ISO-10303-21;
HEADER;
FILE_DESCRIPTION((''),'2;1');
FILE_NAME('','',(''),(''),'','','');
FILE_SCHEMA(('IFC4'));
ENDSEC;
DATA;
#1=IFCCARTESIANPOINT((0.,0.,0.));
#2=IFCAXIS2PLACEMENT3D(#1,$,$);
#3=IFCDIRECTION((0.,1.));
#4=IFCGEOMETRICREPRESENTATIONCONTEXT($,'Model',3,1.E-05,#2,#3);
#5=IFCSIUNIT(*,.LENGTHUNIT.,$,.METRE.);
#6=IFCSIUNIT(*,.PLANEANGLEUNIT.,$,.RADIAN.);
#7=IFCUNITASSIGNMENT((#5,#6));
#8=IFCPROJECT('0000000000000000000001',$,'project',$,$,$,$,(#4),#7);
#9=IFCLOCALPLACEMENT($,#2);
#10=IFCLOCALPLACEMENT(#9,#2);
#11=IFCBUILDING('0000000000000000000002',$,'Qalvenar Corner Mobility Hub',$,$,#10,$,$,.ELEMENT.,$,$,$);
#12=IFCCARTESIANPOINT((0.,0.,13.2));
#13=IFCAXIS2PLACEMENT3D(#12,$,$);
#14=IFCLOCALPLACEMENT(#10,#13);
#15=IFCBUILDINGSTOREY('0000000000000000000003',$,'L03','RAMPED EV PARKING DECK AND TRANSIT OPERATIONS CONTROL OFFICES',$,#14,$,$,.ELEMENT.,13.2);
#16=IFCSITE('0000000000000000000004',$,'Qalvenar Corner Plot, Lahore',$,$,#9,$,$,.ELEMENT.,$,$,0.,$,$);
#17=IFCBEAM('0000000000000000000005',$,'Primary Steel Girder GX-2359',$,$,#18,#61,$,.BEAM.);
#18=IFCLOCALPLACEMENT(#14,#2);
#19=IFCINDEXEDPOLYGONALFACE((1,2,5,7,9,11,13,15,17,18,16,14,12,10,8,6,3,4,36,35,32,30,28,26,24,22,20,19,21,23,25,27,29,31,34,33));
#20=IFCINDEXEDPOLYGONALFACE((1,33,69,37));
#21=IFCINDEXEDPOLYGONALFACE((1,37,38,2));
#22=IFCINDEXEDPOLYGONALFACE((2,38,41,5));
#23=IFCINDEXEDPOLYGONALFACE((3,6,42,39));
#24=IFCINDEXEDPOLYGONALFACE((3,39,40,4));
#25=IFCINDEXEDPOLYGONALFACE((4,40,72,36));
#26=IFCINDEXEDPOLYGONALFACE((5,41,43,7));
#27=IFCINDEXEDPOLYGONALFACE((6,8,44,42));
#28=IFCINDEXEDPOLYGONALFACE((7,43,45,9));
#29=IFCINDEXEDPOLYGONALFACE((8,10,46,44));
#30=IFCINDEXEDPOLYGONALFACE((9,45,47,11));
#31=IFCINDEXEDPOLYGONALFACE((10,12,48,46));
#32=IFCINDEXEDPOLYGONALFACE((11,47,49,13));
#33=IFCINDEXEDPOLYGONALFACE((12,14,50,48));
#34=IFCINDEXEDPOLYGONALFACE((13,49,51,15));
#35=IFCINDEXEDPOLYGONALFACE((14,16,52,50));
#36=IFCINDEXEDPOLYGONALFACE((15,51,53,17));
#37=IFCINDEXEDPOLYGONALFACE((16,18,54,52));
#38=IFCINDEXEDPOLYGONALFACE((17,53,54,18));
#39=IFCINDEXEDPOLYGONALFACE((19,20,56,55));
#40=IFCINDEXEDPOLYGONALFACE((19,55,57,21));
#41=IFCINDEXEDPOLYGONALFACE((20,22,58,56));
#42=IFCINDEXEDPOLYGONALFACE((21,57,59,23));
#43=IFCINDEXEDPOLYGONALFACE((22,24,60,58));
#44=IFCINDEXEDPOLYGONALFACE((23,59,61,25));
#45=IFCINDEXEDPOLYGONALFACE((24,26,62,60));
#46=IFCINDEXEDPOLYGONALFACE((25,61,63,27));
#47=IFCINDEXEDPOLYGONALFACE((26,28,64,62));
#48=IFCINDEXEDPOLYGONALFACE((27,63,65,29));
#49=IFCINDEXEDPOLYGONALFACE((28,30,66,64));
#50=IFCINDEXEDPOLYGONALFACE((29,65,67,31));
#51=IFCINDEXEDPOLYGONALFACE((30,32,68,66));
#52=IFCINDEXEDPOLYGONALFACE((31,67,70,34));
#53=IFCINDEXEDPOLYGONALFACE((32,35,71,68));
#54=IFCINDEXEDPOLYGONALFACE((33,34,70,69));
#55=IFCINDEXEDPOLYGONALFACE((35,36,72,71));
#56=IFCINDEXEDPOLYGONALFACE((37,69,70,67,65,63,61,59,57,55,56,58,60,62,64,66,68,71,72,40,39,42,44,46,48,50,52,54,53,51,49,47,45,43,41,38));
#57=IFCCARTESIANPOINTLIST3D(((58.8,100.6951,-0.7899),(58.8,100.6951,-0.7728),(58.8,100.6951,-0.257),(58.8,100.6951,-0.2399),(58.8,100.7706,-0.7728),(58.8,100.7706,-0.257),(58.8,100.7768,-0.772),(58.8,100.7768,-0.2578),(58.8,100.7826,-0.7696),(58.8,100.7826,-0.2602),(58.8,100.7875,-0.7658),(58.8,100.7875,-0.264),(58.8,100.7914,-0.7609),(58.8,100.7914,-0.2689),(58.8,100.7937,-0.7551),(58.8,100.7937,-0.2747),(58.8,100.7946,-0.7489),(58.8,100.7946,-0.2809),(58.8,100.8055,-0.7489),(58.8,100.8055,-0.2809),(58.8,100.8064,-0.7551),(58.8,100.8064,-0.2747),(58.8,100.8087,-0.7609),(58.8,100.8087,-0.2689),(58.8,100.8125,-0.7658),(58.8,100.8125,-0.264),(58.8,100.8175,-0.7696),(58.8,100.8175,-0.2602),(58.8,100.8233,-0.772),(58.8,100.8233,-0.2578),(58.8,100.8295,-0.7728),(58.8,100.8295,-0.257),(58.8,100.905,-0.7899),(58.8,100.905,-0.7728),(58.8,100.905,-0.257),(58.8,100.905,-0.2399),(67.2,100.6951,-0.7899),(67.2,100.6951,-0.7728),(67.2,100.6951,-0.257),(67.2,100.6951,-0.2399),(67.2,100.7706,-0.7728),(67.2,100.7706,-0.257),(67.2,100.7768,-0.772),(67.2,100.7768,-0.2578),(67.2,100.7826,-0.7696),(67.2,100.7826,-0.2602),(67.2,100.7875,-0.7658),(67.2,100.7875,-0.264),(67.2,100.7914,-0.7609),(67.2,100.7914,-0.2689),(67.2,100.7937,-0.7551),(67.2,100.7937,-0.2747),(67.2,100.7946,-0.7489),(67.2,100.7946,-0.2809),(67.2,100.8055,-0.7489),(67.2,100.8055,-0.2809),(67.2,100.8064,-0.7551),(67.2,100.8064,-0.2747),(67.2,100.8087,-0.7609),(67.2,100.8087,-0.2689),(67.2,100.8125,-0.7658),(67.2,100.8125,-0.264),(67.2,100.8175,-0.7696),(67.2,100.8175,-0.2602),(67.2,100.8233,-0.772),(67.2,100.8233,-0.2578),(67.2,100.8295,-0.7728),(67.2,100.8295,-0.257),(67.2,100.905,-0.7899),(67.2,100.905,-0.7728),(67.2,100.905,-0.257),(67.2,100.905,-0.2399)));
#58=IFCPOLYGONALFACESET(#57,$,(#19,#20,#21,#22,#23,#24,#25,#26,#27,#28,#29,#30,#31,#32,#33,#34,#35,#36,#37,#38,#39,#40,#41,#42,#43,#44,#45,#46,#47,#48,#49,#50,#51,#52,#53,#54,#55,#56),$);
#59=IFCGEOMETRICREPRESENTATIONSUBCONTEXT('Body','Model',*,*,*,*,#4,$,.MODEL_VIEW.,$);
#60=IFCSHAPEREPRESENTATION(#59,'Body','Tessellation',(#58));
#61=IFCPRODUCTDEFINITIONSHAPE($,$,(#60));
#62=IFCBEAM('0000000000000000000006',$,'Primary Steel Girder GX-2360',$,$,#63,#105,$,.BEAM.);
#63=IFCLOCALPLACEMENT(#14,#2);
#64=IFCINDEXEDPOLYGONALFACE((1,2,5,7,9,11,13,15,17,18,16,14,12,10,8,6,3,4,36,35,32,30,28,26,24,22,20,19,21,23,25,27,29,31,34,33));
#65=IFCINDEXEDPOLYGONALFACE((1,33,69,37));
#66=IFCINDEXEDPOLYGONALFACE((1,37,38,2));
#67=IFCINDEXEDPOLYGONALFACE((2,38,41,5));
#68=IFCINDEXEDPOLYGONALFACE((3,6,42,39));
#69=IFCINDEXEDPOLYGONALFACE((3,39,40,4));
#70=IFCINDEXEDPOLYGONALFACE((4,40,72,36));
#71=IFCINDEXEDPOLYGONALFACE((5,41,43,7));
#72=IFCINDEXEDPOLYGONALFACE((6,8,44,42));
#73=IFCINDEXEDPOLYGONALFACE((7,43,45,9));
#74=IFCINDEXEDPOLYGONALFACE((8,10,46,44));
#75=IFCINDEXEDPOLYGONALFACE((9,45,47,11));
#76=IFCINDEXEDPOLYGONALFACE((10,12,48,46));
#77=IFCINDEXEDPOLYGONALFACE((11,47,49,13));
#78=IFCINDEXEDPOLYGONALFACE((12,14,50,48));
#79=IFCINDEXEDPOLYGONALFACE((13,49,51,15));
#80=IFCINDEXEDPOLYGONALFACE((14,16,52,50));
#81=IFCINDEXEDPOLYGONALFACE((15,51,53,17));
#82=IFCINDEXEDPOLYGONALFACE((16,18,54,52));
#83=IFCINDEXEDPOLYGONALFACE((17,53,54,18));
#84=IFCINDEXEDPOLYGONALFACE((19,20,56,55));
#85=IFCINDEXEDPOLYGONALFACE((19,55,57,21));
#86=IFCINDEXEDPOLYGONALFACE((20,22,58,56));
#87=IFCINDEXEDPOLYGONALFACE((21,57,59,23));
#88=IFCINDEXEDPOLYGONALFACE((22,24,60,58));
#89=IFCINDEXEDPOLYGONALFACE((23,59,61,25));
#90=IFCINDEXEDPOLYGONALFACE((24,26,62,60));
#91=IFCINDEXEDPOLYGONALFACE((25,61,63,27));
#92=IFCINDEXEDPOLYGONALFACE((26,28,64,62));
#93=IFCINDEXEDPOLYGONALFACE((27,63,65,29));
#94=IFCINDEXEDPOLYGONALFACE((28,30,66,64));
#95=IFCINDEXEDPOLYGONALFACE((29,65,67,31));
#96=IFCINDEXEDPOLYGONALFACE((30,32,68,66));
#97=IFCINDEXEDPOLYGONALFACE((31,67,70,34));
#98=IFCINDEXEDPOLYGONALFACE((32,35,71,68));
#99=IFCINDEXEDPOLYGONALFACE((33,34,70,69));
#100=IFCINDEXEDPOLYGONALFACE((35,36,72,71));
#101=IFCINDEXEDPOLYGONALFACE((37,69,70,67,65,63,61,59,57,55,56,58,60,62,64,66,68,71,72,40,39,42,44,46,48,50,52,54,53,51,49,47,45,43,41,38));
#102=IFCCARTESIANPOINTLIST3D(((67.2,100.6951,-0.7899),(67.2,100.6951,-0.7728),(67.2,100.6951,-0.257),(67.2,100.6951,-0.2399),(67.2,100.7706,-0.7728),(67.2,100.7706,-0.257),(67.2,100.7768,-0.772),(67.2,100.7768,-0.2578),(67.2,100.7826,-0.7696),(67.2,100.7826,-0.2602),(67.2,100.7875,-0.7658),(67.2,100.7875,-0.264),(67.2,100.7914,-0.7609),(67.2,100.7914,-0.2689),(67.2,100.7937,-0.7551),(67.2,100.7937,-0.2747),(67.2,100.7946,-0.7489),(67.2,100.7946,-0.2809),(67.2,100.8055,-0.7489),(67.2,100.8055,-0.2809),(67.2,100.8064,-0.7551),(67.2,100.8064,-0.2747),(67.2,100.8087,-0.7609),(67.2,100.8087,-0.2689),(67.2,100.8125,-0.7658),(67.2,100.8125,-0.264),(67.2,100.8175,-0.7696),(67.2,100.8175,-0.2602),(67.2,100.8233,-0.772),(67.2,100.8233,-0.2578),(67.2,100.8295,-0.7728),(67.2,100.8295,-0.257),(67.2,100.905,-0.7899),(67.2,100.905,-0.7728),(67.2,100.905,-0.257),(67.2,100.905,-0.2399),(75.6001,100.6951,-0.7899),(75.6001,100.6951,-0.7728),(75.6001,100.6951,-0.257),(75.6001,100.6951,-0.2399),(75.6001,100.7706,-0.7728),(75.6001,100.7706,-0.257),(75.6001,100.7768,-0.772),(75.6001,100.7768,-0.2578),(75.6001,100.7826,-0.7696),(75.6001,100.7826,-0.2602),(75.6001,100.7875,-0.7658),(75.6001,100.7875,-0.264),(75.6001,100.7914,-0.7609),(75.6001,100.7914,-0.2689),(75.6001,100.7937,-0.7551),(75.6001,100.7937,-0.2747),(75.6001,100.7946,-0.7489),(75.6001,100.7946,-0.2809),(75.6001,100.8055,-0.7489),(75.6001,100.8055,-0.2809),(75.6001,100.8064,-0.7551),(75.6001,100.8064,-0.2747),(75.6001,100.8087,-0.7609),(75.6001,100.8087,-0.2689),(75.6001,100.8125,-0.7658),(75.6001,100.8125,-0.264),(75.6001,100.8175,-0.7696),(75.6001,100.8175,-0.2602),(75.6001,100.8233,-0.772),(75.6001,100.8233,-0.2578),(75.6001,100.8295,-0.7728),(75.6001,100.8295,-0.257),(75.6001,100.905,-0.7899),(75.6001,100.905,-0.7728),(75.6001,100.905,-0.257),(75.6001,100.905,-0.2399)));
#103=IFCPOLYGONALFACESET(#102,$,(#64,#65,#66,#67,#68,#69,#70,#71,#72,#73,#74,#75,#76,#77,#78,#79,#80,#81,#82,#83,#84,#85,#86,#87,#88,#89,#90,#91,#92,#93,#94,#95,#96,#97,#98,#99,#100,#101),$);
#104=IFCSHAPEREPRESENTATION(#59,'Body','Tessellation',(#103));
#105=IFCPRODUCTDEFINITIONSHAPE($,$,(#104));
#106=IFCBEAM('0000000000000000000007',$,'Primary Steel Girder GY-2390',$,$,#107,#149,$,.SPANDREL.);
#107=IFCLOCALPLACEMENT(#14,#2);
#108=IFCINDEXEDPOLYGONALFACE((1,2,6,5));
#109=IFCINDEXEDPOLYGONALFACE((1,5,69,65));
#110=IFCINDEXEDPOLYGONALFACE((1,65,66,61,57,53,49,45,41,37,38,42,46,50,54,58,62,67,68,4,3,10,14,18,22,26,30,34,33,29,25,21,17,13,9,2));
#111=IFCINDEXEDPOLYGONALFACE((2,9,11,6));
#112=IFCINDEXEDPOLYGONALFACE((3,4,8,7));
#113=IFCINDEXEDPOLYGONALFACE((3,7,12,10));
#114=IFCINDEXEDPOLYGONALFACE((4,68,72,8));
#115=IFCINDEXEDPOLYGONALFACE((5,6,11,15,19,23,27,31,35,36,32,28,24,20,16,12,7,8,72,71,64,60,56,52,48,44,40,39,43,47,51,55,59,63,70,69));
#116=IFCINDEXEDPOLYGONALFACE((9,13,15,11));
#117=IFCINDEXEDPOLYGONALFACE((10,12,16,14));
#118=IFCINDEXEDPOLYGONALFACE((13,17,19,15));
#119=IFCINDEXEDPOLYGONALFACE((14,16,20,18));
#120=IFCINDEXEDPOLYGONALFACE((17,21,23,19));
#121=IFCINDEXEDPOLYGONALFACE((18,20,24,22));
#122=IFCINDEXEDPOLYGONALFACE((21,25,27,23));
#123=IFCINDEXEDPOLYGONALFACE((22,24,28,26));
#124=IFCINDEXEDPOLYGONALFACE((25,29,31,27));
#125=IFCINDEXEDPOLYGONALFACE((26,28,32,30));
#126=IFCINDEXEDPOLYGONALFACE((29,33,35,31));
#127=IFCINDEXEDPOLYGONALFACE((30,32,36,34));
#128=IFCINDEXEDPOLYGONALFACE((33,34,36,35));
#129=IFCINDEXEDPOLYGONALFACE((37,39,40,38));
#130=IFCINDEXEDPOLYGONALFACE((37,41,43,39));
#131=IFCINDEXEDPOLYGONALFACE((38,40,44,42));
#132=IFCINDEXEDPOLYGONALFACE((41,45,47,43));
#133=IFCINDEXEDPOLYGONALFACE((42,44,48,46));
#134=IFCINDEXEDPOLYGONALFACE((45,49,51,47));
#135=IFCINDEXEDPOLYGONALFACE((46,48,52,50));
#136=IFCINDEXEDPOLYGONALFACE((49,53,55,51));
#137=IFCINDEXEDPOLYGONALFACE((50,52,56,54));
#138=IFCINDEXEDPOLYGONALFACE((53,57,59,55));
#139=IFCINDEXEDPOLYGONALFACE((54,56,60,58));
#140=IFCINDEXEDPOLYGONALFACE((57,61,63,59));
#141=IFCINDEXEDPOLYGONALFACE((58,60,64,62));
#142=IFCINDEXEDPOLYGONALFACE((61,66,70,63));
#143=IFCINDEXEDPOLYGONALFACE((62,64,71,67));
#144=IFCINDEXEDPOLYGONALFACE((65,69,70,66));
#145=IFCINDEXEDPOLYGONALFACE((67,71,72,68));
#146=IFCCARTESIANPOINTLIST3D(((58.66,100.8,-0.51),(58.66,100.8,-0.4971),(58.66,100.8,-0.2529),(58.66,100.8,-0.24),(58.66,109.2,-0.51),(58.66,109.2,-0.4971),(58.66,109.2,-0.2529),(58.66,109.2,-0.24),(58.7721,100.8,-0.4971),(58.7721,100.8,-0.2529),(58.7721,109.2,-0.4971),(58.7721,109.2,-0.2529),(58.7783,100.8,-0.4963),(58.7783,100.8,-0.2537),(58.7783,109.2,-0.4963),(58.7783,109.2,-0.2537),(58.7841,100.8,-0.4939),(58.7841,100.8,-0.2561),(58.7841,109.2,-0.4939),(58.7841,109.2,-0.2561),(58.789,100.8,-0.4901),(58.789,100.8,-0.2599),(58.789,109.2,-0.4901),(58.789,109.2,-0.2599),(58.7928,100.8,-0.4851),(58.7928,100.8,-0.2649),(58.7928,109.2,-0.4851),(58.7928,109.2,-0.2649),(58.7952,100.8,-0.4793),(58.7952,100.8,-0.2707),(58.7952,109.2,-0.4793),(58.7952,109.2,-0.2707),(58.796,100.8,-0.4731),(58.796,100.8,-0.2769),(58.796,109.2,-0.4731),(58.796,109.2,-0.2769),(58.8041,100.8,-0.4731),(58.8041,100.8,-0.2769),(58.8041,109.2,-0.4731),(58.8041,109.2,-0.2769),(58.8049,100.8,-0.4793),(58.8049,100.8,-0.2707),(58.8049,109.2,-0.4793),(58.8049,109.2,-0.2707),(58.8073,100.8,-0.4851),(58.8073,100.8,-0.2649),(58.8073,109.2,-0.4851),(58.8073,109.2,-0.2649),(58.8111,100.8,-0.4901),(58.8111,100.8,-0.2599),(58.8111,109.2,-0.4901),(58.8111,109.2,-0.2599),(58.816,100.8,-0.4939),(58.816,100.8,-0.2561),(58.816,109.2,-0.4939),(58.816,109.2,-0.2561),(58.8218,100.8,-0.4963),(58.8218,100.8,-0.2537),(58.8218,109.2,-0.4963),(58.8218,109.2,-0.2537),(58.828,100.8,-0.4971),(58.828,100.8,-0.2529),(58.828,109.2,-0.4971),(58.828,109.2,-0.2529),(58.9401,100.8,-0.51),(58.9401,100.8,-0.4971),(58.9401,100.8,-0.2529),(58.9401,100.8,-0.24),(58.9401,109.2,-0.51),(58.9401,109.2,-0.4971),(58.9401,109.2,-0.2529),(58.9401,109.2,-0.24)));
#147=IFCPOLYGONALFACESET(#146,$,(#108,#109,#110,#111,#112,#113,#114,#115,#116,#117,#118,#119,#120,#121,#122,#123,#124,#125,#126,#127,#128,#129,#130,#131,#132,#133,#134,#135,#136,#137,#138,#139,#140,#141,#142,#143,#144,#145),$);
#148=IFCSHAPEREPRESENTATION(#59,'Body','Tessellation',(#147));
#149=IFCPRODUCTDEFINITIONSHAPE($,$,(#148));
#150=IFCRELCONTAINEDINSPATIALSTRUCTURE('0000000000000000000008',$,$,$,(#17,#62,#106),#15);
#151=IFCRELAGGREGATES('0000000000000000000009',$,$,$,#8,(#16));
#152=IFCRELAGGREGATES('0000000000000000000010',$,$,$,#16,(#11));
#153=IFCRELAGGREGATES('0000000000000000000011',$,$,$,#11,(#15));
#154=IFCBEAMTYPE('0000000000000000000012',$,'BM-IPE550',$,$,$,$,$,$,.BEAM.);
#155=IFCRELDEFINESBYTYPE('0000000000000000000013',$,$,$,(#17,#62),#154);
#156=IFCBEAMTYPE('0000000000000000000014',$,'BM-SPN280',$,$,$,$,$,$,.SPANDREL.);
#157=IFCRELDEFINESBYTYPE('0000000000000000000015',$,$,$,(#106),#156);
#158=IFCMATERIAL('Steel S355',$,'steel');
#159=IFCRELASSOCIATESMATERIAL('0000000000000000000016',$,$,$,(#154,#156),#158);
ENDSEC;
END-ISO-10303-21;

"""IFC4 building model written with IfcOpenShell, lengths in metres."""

from ifc_helpers import new_model, si_unit, direction, frame, origin, origin_2d, place, context, subcontext, project, spatial, i_section, extrude, material, material_profile, profile_set, type_object, element, save


model = new_model("IFC4")

# Units and contexts
model_context = context("Model", 3, precision=1e-05, world=origin(), true_north=direction((0.0, 1.0)))
body_context = subcontext(model_context, "Body", "Model", "MODEL_VIEW")
ifc_project = project(units=[si_unit("LENGTHUNIT", "METRE"), si_unit("PLANEANGLEUNIT", "RADIAN")], contexts=[model_context])

# Site, building, storey
site_placement = place(None, origin())
site = spatial("IfcSite", under=ifc_project, at=site_placement, Name="Qalvenar Corner Plot, Lahore", CompositionType="ELEMENT", RefElevation=0.0)
building_placement = place(site_placement, origin())
building = spatial("IfcBuilding", under=site, at=building_placement, Name="Qalvenar Corner Mobility Hub", CompositionType="ELEMENT")
storey_placement = place(building_placement, frame((0.0, 0.0, 13.2)))
storey = spatial("IfcBuildingStorey", under=building, at=storey_placement, Name="L03", Description="RAMPED EV PARKING DECK AND TRANSIT OPERATIONS CONTROL OFFICES", CompositionType="ELEMENT", Elevation=13.2)

# Shared definitions
ifc_material_1 = material(Name="Steel S355", Category="steel")

# Beams
ifc_material_profile_1 = material_profile(ifc_material_1, i_section(OverallWidth=0.21, OverallDepth=0.55, WebThickness=0.011, FlangeThickness=0.0171, FilletRadius=0.0239, at=origin_2d()), Name="IPE550")
ifc_profile_set_1 = profile_set([ifc_material_profile_1], Name="Steel S355")
beam_type_1 = type_object("IfcBeamType", Name="BM-IPE550", PredefinedType="BEAM", material=ifc_profile_set_1)
beam_1_placement = place(storey_placement, frame((58.8, 100.8, -0.5149), z_axis=(1.0, 0.0, 0.0), x_axis=(0.0, 1.0, 0.0)))
element("IfcBeam", 1, at=beam_1_placement, inside=storey, type_object=beam_type_1, Name="Primary Steel Girder GX-2359", PredefinedType="BEAM", context=body_context, shape_type="SweptSolid", body=[
    extrude(i_section(OverallWidth=0.21, OverallDepth=0.55, WebThickness=0.011, FlangeThickness=0.0171, FilletRadius=0.0239, at=origin_2d()), origin(), (0.0, 0.0, 1.0), 8.3999),
])
beam_2_placement = place(storey_placement, frame((67.2, 100.8, -0.5149), z_axis=(1.0, 0.0, 0.0), x_axis=(0.0, 1.0, 0.0)))
element("IfcBeam", 2, at=beam_2_placement, inside=storey, type_object=beam_type_1, Name="Primary Steel Girder GX-2360", PredefinedType="BEAM", context=body_context, shape_type="SweptSolid", body=[
    extrude(i_section(OverallWidth=0.21, OverallDepth=0.55, WebThickness=0.011, FlangeThickness=0.0171, FilletRadius=0.0239, at=origin_2d()), origin(), (0.0, 0.0, 1.0), 8.4001),
])
ifc_material_profile_2 = material_profile(ifc_material_1, i_section(OverallWidth=0.28, OverallDepth=0.27, WebThickness=0.0081, FlangeThickness=0.0129, FilletRadius=0.0239, at=origin_2d()), Name="HEA280")
ifc_profile_set_2 = profile_set([ifc_material_profile_2], Name="Steel S355")
beam_type_2 = type_object("IfcBeamType", Name="BM-SPN280", PredefinedType="SPANDREL", material=ifc_profile_set_2)
beam_3_placement = place(storey_placement, frame((58.8, 100.8, -0.375), z_axis=(0.0, 1.0, 0.0), x_axis=(-1.0, 0.0, 0.0)))
element("IfcBeam", 3, at=beam_3_placement, inside=storey, type_object=beam_type_2, Name="Primary Steel Girder GY-2390", PredefinedType="SPANDREL", context=body_context, shape_type="SweptSolid", body=[
    extrude(i_section(OverallWidth=0.28, OverallDepth=0.27, WebThickness=0.0081, FlangeThickness=0.0129, FilletRadius=0.0239, at=origin_2d()), origin(), (0.0, 0.0, 1.0), 8.3999),
])

save(model, "model.ifc")
